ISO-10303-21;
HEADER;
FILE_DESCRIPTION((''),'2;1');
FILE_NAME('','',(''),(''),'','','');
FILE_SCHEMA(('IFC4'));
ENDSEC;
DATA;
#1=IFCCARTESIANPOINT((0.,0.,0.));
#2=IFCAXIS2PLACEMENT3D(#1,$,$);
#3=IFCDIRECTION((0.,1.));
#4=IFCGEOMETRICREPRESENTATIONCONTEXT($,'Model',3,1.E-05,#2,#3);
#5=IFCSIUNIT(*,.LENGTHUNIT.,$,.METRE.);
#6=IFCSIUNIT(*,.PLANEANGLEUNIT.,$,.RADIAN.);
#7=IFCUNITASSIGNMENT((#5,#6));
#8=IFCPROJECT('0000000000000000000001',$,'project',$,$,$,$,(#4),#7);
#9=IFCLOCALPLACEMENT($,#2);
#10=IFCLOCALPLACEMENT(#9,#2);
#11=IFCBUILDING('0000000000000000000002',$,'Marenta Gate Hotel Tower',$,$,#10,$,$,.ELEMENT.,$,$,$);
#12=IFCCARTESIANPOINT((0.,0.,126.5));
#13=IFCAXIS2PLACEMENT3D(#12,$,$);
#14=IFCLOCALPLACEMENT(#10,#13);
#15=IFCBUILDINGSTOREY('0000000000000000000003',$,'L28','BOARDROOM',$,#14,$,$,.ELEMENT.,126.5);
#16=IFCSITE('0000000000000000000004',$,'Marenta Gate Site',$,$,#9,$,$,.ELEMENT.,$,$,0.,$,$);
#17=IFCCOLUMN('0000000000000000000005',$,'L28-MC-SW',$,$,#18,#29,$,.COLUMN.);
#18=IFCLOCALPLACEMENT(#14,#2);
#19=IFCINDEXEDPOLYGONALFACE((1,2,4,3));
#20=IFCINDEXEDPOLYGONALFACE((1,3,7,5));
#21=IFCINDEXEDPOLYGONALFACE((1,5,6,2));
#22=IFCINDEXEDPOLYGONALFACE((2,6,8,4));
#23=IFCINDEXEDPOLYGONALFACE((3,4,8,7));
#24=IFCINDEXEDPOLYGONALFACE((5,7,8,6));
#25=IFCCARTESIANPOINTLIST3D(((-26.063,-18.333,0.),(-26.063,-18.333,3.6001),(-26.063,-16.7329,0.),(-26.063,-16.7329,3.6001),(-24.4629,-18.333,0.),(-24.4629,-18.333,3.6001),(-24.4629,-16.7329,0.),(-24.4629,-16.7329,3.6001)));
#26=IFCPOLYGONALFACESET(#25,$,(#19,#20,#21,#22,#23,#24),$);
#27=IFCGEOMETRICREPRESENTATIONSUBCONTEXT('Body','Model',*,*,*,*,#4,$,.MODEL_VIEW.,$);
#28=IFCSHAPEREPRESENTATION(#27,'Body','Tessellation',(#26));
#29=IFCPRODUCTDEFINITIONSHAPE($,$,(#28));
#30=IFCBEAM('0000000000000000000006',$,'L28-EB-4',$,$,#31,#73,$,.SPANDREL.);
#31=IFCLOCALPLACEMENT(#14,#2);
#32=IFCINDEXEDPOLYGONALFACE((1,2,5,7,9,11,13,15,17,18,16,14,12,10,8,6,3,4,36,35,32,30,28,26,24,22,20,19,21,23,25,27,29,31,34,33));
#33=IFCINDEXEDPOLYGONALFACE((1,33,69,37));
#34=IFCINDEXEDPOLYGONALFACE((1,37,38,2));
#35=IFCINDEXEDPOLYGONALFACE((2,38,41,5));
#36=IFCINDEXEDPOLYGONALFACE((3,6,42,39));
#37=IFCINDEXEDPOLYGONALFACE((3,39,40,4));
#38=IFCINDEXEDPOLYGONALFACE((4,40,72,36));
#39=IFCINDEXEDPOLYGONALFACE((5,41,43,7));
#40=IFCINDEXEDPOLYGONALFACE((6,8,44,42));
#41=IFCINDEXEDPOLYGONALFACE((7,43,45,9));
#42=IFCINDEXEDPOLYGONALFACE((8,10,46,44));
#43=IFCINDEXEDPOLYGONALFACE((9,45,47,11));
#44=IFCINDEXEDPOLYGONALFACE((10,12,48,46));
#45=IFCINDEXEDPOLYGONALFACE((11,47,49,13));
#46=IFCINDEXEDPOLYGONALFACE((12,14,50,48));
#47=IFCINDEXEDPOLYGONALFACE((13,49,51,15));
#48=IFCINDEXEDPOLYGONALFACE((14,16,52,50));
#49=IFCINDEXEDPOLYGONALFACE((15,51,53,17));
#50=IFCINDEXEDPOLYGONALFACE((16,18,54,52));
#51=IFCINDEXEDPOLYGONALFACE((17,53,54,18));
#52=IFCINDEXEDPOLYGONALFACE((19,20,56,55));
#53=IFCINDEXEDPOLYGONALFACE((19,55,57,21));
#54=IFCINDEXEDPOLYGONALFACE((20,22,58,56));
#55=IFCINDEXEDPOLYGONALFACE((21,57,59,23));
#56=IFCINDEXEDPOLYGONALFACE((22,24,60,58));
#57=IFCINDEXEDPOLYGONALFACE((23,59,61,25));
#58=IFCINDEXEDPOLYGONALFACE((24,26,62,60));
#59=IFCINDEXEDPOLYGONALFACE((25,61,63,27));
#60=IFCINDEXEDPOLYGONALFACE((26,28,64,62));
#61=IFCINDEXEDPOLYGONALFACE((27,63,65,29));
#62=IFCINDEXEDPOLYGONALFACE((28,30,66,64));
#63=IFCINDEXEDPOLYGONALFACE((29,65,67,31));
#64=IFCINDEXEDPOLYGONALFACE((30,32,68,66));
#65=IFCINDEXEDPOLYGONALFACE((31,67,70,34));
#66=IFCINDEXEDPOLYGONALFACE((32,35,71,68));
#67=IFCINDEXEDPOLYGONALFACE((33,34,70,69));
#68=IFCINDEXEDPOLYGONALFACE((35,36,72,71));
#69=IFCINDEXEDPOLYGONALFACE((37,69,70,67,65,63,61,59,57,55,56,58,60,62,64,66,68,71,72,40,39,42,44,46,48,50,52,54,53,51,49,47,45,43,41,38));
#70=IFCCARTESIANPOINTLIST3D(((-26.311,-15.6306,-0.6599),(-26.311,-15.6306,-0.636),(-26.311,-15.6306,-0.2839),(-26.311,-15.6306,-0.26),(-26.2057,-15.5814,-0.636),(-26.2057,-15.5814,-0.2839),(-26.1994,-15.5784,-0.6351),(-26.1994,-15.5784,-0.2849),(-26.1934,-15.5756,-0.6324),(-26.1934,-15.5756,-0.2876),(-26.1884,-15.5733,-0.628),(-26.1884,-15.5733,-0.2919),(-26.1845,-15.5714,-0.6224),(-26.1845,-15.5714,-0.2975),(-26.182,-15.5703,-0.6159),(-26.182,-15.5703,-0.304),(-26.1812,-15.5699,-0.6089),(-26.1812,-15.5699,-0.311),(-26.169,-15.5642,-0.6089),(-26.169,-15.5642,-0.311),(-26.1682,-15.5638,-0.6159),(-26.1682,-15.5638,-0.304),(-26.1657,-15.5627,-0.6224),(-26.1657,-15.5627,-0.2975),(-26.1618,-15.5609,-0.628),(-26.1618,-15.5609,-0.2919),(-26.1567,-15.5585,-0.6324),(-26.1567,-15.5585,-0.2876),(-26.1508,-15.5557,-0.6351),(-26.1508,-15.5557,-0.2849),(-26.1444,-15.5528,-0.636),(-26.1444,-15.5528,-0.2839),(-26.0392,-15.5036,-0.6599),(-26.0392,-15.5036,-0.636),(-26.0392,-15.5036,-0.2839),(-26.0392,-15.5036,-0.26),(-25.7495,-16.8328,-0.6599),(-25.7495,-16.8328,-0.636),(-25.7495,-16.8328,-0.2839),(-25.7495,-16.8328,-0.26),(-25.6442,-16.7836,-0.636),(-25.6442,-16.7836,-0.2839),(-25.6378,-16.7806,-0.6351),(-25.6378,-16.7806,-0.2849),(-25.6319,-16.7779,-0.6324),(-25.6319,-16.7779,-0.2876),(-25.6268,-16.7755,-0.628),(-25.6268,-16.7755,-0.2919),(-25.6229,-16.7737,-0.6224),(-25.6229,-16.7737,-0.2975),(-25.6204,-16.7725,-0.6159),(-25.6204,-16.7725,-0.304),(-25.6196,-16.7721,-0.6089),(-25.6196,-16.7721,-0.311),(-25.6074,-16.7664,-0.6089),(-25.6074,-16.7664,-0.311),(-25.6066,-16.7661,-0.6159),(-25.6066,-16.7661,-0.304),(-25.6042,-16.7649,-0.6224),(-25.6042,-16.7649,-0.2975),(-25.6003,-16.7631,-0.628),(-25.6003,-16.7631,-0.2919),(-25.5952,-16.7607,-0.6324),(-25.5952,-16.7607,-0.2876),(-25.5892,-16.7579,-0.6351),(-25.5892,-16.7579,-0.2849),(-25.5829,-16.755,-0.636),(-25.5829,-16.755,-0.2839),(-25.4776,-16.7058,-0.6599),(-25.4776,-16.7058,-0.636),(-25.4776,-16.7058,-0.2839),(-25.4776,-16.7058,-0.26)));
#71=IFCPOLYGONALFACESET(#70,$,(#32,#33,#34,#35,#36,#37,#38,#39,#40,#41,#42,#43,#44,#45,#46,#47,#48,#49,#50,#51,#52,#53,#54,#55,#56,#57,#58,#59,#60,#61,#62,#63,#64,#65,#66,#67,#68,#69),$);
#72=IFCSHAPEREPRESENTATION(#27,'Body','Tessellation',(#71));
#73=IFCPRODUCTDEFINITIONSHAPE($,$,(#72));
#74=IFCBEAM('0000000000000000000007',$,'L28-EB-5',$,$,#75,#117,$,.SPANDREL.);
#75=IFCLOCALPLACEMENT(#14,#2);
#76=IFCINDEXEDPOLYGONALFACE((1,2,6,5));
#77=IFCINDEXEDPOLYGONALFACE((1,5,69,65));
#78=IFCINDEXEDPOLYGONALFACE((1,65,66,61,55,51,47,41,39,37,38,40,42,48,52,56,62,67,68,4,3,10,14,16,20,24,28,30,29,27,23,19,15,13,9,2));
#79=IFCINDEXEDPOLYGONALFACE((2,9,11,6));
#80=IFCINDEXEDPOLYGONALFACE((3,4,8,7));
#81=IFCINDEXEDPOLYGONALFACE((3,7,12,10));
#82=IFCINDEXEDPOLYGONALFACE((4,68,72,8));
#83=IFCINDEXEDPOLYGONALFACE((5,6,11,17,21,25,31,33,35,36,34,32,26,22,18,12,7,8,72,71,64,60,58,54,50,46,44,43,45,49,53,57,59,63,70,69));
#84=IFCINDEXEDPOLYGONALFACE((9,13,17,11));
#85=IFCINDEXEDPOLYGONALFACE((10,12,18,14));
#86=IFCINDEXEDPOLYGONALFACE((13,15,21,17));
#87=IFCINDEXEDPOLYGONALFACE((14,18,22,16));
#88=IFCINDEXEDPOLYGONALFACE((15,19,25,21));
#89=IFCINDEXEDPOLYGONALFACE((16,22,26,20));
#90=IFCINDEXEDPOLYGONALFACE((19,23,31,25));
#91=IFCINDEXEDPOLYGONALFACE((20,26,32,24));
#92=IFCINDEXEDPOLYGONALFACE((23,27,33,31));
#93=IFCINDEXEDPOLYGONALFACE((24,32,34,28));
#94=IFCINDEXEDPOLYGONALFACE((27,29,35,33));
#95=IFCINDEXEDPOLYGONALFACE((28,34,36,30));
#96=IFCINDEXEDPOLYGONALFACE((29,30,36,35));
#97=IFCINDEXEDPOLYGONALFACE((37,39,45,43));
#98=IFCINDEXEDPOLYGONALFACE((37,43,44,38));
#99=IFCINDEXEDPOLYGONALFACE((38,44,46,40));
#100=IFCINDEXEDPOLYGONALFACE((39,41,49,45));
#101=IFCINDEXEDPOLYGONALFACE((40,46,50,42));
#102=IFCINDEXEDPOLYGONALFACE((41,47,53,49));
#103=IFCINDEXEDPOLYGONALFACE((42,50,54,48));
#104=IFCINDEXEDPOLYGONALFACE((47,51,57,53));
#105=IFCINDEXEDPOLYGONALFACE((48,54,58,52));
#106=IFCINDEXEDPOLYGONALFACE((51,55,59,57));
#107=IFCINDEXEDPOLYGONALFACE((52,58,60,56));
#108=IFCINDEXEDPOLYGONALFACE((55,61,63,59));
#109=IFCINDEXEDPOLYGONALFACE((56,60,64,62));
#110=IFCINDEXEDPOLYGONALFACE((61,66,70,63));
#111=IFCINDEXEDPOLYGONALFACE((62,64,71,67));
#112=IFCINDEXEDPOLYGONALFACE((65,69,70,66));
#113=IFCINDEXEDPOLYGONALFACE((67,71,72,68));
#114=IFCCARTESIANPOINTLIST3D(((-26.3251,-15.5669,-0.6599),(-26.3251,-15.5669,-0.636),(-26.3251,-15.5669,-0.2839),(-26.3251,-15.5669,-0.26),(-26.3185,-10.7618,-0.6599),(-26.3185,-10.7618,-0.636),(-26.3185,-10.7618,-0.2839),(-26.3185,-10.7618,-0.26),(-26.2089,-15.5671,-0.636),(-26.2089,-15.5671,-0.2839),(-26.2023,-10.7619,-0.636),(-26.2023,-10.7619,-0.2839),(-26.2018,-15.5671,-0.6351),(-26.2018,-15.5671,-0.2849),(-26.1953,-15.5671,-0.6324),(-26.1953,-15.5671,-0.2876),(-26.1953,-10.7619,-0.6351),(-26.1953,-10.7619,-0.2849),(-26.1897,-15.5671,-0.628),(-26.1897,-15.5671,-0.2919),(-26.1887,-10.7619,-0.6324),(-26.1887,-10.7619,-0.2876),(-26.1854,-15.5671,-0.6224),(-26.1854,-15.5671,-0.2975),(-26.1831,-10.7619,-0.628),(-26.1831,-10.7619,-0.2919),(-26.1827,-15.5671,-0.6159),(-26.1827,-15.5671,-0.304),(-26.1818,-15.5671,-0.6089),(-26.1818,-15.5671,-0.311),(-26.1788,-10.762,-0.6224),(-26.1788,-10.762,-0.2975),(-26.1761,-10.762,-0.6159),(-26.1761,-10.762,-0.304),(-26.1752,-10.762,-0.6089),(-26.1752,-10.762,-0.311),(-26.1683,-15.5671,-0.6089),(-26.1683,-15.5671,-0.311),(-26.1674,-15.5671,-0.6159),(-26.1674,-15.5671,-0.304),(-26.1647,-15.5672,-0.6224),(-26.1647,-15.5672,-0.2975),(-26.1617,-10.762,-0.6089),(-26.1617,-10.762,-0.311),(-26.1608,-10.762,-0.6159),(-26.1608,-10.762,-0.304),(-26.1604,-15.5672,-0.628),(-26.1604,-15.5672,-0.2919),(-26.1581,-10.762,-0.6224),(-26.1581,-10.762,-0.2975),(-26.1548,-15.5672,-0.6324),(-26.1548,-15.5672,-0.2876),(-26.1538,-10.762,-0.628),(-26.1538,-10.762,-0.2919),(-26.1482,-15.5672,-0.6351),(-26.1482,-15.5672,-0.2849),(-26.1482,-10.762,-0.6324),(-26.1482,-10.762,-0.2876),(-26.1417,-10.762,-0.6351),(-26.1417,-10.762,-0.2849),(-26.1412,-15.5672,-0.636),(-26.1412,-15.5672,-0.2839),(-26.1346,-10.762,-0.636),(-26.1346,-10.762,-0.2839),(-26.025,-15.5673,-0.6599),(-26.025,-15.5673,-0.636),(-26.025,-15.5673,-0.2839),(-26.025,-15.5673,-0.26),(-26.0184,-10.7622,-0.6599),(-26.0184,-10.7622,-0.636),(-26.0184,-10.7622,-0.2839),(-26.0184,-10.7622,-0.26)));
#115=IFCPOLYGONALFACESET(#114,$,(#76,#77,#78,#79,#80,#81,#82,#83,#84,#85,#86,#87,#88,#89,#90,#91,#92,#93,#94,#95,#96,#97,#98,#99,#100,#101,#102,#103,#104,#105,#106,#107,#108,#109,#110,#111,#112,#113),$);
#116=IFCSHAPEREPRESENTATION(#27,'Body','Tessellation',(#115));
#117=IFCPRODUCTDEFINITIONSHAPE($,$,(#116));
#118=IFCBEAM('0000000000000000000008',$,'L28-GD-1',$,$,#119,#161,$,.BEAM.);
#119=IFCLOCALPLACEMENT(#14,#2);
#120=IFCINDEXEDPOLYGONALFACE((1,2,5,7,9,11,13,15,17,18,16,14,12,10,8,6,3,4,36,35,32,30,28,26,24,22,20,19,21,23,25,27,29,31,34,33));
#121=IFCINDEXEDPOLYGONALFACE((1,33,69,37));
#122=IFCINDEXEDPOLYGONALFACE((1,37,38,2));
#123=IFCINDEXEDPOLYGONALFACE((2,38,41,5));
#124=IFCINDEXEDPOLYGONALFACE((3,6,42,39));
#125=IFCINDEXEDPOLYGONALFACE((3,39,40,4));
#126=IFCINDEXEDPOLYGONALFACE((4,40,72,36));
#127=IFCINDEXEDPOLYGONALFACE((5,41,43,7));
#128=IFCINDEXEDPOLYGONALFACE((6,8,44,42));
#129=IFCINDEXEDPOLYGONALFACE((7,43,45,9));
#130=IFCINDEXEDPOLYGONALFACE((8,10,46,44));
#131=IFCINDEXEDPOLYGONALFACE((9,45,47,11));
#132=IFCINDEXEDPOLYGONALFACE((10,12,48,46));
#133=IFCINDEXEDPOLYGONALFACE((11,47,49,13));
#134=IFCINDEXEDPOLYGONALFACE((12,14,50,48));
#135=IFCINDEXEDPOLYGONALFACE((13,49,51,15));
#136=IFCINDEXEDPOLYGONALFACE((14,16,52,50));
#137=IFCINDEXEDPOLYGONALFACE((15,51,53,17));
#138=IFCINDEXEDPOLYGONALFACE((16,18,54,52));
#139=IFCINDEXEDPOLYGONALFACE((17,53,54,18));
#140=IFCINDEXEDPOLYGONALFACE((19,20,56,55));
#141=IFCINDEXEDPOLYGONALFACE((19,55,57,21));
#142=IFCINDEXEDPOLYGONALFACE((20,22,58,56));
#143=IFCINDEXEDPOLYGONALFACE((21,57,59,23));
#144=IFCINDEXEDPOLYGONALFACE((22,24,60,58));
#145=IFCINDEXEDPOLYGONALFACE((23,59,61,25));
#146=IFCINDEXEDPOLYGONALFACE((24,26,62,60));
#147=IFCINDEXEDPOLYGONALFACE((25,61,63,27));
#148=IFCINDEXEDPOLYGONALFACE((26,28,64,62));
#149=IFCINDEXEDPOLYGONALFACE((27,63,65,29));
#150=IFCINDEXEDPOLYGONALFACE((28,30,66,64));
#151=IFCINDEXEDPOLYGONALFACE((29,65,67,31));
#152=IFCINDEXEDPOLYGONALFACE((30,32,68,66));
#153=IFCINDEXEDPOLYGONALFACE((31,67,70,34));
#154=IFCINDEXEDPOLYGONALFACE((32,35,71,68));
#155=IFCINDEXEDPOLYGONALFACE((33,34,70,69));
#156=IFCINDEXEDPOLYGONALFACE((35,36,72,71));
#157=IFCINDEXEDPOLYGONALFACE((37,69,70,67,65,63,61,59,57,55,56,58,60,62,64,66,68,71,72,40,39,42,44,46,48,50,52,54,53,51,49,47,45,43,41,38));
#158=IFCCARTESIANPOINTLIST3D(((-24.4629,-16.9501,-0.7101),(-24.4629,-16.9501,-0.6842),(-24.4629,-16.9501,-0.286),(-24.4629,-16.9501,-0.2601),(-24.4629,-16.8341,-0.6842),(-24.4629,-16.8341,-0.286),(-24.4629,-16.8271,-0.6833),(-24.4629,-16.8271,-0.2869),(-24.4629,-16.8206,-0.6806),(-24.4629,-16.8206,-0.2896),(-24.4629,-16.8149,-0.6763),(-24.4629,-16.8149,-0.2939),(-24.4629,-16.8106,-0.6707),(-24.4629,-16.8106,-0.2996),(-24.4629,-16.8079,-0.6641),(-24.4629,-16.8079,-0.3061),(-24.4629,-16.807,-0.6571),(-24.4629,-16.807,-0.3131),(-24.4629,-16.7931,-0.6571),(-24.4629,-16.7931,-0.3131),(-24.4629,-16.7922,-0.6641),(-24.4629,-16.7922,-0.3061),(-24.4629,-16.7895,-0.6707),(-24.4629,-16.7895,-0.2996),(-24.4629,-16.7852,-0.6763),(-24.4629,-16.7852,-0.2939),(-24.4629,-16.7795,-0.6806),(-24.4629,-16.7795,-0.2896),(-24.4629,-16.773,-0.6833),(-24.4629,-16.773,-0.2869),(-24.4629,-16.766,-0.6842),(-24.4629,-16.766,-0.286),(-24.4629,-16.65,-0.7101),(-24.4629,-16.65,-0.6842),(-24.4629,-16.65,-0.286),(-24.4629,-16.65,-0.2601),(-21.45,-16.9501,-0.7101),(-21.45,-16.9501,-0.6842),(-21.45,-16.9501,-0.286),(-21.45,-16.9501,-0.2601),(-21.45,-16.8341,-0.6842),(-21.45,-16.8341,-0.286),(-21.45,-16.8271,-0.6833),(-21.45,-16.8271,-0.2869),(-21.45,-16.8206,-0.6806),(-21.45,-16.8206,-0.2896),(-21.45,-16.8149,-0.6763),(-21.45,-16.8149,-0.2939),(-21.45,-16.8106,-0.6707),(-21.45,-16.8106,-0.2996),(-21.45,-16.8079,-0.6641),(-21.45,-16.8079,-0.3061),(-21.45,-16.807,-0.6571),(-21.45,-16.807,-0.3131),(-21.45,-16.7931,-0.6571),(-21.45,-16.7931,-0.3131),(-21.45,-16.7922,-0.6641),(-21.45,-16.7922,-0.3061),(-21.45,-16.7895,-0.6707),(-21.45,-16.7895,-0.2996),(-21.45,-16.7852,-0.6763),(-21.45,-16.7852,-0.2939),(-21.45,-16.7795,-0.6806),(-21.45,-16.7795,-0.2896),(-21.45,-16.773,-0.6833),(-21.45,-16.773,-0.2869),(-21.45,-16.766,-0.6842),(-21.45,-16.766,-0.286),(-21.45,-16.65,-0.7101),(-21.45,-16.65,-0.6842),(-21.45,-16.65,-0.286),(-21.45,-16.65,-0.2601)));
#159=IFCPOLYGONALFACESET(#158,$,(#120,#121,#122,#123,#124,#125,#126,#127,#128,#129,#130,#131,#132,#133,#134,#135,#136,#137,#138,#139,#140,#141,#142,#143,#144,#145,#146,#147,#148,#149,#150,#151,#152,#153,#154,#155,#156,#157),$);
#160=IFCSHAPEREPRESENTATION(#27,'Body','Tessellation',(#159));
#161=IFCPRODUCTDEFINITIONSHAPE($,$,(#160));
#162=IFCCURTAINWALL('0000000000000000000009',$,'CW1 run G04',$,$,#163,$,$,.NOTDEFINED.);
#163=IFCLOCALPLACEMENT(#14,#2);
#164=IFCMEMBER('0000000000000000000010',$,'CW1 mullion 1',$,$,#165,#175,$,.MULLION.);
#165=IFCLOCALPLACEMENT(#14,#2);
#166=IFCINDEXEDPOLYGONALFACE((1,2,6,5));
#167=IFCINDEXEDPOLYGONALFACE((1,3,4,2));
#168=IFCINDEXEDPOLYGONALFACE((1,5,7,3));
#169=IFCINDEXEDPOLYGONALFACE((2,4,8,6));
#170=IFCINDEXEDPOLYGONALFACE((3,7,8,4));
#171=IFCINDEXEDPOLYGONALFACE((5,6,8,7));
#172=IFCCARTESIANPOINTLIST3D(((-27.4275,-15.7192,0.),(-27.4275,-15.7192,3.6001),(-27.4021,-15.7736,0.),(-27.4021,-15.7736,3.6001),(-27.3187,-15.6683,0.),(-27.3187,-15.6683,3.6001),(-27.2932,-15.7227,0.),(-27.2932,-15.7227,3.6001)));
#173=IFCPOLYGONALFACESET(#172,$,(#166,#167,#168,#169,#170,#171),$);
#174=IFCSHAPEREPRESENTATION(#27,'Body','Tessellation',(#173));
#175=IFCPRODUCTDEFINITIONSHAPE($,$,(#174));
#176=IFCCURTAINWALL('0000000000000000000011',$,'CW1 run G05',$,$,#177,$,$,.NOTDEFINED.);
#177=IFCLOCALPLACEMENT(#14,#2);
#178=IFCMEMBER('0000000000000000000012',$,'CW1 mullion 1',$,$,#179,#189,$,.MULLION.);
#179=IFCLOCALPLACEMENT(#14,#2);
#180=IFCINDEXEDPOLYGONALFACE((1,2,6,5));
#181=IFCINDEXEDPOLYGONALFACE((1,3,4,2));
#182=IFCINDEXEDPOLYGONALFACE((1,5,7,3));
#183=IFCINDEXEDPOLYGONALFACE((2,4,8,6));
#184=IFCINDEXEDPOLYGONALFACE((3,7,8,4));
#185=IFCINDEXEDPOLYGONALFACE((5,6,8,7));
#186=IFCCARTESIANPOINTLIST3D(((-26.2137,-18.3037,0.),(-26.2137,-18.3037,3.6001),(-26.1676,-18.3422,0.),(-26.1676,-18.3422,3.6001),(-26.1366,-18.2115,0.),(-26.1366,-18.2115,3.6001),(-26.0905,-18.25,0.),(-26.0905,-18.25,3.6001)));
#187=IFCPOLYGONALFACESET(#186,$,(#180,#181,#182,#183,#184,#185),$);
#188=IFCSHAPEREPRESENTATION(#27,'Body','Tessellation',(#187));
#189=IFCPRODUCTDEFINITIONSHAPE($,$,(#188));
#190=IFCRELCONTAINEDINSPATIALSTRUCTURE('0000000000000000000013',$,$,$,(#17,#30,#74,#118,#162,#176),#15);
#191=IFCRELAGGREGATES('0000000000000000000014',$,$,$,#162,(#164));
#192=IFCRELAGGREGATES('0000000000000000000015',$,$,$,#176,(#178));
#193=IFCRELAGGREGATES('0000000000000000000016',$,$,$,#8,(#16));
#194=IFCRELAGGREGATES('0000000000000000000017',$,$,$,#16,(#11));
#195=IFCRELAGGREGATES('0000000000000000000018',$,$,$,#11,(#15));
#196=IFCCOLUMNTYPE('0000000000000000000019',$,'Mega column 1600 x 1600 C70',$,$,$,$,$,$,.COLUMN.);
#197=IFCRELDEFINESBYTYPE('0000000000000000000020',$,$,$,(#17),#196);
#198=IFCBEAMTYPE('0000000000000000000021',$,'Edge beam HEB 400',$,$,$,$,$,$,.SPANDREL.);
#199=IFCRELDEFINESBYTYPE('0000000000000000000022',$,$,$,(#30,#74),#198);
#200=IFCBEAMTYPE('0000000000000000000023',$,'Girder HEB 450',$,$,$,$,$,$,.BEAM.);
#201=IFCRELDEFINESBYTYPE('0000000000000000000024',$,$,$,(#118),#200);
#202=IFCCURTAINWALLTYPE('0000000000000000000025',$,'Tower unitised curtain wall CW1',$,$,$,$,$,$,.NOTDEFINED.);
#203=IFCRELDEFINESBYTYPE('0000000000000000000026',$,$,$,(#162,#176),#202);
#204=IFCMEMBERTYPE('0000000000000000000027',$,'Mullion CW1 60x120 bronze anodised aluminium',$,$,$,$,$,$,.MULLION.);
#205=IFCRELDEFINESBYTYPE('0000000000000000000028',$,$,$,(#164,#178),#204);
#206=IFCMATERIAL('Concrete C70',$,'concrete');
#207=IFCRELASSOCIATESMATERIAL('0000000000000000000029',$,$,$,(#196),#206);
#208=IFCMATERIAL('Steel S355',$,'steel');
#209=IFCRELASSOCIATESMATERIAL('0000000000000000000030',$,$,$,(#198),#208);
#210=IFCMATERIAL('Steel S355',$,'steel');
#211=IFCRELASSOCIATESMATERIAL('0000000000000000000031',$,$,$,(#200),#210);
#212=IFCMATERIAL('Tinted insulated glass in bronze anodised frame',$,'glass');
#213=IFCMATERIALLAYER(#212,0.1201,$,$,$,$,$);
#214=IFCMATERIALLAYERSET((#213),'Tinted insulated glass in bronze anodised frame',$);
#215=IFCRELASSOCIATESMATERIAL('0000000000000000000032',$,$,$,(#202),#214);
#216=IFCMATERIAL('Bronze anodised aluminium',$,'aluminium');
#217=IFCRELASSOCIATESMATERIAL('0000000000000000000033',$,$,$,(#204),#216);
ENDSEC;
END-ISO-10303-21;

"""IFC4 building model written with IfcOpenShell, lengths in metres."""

from ifc_helpers import new_model, si_unit, direction, frame, origin, origin_2d, place, context, subcontext, project, spatial, rectangle, i_section, extrude, material, layer, layer_set, material_profile, profile_set, type_object, element, aggregate, save


model = new_model("IFC4")

# Units and contexts
model_context = context("Model", 3, precision=1e-05, world=origin(), true_north=direction((0.0, 1.0)))
body_context = subcontext(model_context, "Body", "Model", "MODEL_VIEW")
ifc_project = project(units=[si_unit("LENGTHUNIT", "METRE"), si_unit("PLANEANGLEUNIT", "RADIAN")], contexts=[model_context])

# Site, building, storey
site_placement = place(None, origin())
site = spatial("IfcSite", under=ifc_project, at=site_placement, Name="Marenta Gate Site", CompositionType="ELEMENT", RefElevation=0.0)
building_placement = place(site_placement, origin())
building = spatial("IfcBuilding", under=site, at=building_placement, Name="Marenta Gate Hotel Tower", CompositionType="ELEMENT")
storey_placement = place(building_placement, frame((0.0, 0.0, 126.5)))
storey = spatial("IfcBuildingStorey", under=building, at=storey_placement, Name="L28", Description="BOARDROOM", CompositionType="ELEMENT", Elevation=126.5)

# Column
ifc_material_1 = material(Name="Concrete C70", Category="concrete")
ifc_material_profile_1 = material_profile(ifc_material_1, rectangle(XDim=1.6001, YDim=1.6001, at=origin_2d()), Name="1600 x 1600")
ifc_profile_set_1 = profile_set([ifc_material_profile_1], Name="Concrete C70")
column_type = type_object("IfcColumnType", Name="Mega column 1600 x 1600 C70", PredefinedType="COLUMN", material=ifc_profile_set_1)
column_placement = place(storey_placement, frame((-25.2629, -17.533, 0.0), z_axis=(0.0, 0.0, 1.0), x_axis=(1.0, 0.0, 0.0)))
element("IfcColumn", 1, at=column_placement, inside=storey, type_object=column_type, Name="L28-MC-SW", PredefinedType="COLUMN", context=body_context, shape_type="SweptSolid", body=[
    extrude(rectangle(XDim=1.6001, YDim=1.6001, at=origin_2d()), origin(), (0.0, 0.0, 1.0), 3.6001),
])

# Beams
ifc_material_2 = material(Name="Steel S355", Category="steel")
ifc_material_profile_2 = material_profile(ifc_material_2, i_section(OverallWidth=0.3, OverallDepth=0.3999, WebThickness=0.0134, FlangeThickness=0.0239, FilletRadius=0.0271, at=origin_2d()), Name="HEB 400")
ifc_profile_set_2 = profile_set([ifc_material_profile_2], Name="Steel S355")
beam_type_1 = type_object("IfcBeamType", Name="Edge beam HEB 400", PredefinedType="SPANDREL", material=ifc_profile_set_2)
beam_1_placement = place(storey_placement, frame((-25.6135, -16.7693, -0.46), z_axis=(-0.423208, 0.906033, 0.0), x_axis=(-0.906033, -0.423208, 0.0)))
element("IfcBeam", 2, at=beam_1_placement, inside=storey, type_object=beam_type_1, Name="L28-EB-4", PredefinedType="SPANDREL", context=body_context, shape_type="SweptSolid", body=[
    extrude(i_section(OverallWidth=0.3, OverallDepth=0.3999, WebThickness=0.0134, FlangeThickness=0.0239, FilletRadius=0.0271, at=origin_2d()), origin(), (0.0, 0.0, 1.0), 1.3269),
])
beam_2_placement = place(storey_placement, frame((-26.175, -15.5671, -0.46), z_axis=(0.001372, 0.999999, 0.0), x_axis=(-0.999999, 0.001372, 0.0)))
element("IfcBeam", 3, at=beam_2_placement, inside=storey, type_object=beam_type_1, Name="L28-EB-5", PredefinedType="SPANDREL", context=body_context, shape_type="SweptSolid", body=[
    extrude(i_section(OverallWidth=0.3, OverallDepth=0.3999, WebThickness=0.0134, FlangeThickness=0.0239, FilletRadius=0.0271, at=origin_2d()), origin(), (0.0, 0.0, 1.0), 4.8052),
])
ifc_material_3 = material(Name="Steel S355", Category="steel")
ifc_material_profile_3 = material_profile(ifc_material_3, i_section(OverallWidth=0.3, OverallDepth=0.45, WebThickness=0.0139, FlangeThickness=0.0259, FilletRadius=0.0271, at=origin_2d()), Name="HEB 450")
ifc_profile_set_3 = profile_set([ifc_material_profile_3], Name="Steel S355")
beam_type_2 = type_object("IfcBeamType", Name="Girder HEB 450", PredefinedType="BEAM", material=ifc_profile_set_3)
beam_3_placement = place(storey_placement, frame((-24.4629, -16.8, -0.4851), z_axis=(1.0, 0.0, 0.0), x_axis=(0.0, 1.0, 0.0)))
element("IfcBeam", 4, at=beam_3_placement, inside=storey, type_object=beam_type_2, Name="L28-GD-1", PredefinedType="BEAM", context=body_context, shape_type="SweptSolid", body=[
    extrude(i_section(OverallWidth=0.3, OverallDepth=0.45, WebThickness=0.0139, FlangeThickness=0.0259, FilletRadius=0.0271, at=origin_2d()), origin(), (0.0, 0.0, 1.0), 3.0129),
])

# Curtain walls, members
ifc_material_4 = material(Name="Tinted insulated glass in bronze anodised frame", Category="glass")
ifc_layer_1 = layer(ifc_material_4, 0.1201)
ifc_layer_set_1 = layer_set([ifc_layer_1], Name="Tinted insulated glass in bronze anodised frame")
curtain_wall_type = type_object("IfcCurtainWallType", Name="Tower unitised curtain wall CW1", PredefinedType="NOTDEFINED", material=ifc_layer_set_1)
curtain_wall_1_placement = place(storey_placement, origin())
curtain_wall_1 = element("IfcCurtainWall", 5, at=curtain_wall_1_placement, inside=storey, type_object=curtain_wall_type, Name="CW1 run G04", PredefinedType="NOTDEFINED")
ifc_material_5 = material(Name="Bronze anodised aluminium", Category="aluminium")
ifc_material_profile_4 = material_profile(ifc_material_5, rectangle(XDim=0.1201, YDim=0.0601, at=origin_2d()), Name="Mullion CW1 60x120 bronze anodised aluminium")
ifc_profile_set_4 = profile_set([ifc_material_profile_4], Name="Bronze anodised aluminium")
member_type_1 = type_object("IfcMemberType", Name="Mullion CW1 60x120 bronze anodised aluminium", PredefinedType="MULLION", material=ifc_profile_set_4)
member_1_placement = place(storey_placement, frame((-27.3604, -15.7209, 0.0), z_axis=(0.0, 0.0, 1.0), x_axis=(0.905972, 0.423338, 0.0)))
member_1 = element("IfcMember", 6, at=member_1_placement, type_object=member_type_1, Name="CW1 mullion 1", PredefinedType="MULLION", context=body_context, shape_type="SweptSolid", body=[
    extrude(rectangle(XDim=0.1201, YDim=0.0601, at=origin_2d()), origin(), (0.0, 0.0, 1.0), 3.6001),
])
curtain_wall_2_placement = place(storey_placement, origin())
curtain_wall_2 = element("IfcCurtainWall", 7, at=curtain_wall_2_placement, inside=storey, type_object=curtain_wall_type, Name="CW1 run G05", PredefinedType="NOTDEFINED")
member_2_placement = place(storey_placement, frame((-26.1521, -18.2769, 0.0), z_axis=(0.0, 0.0, 1.0), x_axis=(0.641512, 0.767113, 0.0)))
member_2 = element("IfcMember", 8, at=member_2_placement, type_object=member_type_1, Name="CW1 mullion 1", PredefinedType="MULLION", context=body_context, shape_type="SweptSolid", body=[
    extrude(rectangle(XDim=0.1201, YDim=0.0601, at=origin_2d()), origin(), (0.0, 0.0, 1.0), 3.6001),
])

aggregate(curtain_wall_1, [member_1])
aggregate(curtain_wall_2, [member_2])

save(model, "model.ifc")
